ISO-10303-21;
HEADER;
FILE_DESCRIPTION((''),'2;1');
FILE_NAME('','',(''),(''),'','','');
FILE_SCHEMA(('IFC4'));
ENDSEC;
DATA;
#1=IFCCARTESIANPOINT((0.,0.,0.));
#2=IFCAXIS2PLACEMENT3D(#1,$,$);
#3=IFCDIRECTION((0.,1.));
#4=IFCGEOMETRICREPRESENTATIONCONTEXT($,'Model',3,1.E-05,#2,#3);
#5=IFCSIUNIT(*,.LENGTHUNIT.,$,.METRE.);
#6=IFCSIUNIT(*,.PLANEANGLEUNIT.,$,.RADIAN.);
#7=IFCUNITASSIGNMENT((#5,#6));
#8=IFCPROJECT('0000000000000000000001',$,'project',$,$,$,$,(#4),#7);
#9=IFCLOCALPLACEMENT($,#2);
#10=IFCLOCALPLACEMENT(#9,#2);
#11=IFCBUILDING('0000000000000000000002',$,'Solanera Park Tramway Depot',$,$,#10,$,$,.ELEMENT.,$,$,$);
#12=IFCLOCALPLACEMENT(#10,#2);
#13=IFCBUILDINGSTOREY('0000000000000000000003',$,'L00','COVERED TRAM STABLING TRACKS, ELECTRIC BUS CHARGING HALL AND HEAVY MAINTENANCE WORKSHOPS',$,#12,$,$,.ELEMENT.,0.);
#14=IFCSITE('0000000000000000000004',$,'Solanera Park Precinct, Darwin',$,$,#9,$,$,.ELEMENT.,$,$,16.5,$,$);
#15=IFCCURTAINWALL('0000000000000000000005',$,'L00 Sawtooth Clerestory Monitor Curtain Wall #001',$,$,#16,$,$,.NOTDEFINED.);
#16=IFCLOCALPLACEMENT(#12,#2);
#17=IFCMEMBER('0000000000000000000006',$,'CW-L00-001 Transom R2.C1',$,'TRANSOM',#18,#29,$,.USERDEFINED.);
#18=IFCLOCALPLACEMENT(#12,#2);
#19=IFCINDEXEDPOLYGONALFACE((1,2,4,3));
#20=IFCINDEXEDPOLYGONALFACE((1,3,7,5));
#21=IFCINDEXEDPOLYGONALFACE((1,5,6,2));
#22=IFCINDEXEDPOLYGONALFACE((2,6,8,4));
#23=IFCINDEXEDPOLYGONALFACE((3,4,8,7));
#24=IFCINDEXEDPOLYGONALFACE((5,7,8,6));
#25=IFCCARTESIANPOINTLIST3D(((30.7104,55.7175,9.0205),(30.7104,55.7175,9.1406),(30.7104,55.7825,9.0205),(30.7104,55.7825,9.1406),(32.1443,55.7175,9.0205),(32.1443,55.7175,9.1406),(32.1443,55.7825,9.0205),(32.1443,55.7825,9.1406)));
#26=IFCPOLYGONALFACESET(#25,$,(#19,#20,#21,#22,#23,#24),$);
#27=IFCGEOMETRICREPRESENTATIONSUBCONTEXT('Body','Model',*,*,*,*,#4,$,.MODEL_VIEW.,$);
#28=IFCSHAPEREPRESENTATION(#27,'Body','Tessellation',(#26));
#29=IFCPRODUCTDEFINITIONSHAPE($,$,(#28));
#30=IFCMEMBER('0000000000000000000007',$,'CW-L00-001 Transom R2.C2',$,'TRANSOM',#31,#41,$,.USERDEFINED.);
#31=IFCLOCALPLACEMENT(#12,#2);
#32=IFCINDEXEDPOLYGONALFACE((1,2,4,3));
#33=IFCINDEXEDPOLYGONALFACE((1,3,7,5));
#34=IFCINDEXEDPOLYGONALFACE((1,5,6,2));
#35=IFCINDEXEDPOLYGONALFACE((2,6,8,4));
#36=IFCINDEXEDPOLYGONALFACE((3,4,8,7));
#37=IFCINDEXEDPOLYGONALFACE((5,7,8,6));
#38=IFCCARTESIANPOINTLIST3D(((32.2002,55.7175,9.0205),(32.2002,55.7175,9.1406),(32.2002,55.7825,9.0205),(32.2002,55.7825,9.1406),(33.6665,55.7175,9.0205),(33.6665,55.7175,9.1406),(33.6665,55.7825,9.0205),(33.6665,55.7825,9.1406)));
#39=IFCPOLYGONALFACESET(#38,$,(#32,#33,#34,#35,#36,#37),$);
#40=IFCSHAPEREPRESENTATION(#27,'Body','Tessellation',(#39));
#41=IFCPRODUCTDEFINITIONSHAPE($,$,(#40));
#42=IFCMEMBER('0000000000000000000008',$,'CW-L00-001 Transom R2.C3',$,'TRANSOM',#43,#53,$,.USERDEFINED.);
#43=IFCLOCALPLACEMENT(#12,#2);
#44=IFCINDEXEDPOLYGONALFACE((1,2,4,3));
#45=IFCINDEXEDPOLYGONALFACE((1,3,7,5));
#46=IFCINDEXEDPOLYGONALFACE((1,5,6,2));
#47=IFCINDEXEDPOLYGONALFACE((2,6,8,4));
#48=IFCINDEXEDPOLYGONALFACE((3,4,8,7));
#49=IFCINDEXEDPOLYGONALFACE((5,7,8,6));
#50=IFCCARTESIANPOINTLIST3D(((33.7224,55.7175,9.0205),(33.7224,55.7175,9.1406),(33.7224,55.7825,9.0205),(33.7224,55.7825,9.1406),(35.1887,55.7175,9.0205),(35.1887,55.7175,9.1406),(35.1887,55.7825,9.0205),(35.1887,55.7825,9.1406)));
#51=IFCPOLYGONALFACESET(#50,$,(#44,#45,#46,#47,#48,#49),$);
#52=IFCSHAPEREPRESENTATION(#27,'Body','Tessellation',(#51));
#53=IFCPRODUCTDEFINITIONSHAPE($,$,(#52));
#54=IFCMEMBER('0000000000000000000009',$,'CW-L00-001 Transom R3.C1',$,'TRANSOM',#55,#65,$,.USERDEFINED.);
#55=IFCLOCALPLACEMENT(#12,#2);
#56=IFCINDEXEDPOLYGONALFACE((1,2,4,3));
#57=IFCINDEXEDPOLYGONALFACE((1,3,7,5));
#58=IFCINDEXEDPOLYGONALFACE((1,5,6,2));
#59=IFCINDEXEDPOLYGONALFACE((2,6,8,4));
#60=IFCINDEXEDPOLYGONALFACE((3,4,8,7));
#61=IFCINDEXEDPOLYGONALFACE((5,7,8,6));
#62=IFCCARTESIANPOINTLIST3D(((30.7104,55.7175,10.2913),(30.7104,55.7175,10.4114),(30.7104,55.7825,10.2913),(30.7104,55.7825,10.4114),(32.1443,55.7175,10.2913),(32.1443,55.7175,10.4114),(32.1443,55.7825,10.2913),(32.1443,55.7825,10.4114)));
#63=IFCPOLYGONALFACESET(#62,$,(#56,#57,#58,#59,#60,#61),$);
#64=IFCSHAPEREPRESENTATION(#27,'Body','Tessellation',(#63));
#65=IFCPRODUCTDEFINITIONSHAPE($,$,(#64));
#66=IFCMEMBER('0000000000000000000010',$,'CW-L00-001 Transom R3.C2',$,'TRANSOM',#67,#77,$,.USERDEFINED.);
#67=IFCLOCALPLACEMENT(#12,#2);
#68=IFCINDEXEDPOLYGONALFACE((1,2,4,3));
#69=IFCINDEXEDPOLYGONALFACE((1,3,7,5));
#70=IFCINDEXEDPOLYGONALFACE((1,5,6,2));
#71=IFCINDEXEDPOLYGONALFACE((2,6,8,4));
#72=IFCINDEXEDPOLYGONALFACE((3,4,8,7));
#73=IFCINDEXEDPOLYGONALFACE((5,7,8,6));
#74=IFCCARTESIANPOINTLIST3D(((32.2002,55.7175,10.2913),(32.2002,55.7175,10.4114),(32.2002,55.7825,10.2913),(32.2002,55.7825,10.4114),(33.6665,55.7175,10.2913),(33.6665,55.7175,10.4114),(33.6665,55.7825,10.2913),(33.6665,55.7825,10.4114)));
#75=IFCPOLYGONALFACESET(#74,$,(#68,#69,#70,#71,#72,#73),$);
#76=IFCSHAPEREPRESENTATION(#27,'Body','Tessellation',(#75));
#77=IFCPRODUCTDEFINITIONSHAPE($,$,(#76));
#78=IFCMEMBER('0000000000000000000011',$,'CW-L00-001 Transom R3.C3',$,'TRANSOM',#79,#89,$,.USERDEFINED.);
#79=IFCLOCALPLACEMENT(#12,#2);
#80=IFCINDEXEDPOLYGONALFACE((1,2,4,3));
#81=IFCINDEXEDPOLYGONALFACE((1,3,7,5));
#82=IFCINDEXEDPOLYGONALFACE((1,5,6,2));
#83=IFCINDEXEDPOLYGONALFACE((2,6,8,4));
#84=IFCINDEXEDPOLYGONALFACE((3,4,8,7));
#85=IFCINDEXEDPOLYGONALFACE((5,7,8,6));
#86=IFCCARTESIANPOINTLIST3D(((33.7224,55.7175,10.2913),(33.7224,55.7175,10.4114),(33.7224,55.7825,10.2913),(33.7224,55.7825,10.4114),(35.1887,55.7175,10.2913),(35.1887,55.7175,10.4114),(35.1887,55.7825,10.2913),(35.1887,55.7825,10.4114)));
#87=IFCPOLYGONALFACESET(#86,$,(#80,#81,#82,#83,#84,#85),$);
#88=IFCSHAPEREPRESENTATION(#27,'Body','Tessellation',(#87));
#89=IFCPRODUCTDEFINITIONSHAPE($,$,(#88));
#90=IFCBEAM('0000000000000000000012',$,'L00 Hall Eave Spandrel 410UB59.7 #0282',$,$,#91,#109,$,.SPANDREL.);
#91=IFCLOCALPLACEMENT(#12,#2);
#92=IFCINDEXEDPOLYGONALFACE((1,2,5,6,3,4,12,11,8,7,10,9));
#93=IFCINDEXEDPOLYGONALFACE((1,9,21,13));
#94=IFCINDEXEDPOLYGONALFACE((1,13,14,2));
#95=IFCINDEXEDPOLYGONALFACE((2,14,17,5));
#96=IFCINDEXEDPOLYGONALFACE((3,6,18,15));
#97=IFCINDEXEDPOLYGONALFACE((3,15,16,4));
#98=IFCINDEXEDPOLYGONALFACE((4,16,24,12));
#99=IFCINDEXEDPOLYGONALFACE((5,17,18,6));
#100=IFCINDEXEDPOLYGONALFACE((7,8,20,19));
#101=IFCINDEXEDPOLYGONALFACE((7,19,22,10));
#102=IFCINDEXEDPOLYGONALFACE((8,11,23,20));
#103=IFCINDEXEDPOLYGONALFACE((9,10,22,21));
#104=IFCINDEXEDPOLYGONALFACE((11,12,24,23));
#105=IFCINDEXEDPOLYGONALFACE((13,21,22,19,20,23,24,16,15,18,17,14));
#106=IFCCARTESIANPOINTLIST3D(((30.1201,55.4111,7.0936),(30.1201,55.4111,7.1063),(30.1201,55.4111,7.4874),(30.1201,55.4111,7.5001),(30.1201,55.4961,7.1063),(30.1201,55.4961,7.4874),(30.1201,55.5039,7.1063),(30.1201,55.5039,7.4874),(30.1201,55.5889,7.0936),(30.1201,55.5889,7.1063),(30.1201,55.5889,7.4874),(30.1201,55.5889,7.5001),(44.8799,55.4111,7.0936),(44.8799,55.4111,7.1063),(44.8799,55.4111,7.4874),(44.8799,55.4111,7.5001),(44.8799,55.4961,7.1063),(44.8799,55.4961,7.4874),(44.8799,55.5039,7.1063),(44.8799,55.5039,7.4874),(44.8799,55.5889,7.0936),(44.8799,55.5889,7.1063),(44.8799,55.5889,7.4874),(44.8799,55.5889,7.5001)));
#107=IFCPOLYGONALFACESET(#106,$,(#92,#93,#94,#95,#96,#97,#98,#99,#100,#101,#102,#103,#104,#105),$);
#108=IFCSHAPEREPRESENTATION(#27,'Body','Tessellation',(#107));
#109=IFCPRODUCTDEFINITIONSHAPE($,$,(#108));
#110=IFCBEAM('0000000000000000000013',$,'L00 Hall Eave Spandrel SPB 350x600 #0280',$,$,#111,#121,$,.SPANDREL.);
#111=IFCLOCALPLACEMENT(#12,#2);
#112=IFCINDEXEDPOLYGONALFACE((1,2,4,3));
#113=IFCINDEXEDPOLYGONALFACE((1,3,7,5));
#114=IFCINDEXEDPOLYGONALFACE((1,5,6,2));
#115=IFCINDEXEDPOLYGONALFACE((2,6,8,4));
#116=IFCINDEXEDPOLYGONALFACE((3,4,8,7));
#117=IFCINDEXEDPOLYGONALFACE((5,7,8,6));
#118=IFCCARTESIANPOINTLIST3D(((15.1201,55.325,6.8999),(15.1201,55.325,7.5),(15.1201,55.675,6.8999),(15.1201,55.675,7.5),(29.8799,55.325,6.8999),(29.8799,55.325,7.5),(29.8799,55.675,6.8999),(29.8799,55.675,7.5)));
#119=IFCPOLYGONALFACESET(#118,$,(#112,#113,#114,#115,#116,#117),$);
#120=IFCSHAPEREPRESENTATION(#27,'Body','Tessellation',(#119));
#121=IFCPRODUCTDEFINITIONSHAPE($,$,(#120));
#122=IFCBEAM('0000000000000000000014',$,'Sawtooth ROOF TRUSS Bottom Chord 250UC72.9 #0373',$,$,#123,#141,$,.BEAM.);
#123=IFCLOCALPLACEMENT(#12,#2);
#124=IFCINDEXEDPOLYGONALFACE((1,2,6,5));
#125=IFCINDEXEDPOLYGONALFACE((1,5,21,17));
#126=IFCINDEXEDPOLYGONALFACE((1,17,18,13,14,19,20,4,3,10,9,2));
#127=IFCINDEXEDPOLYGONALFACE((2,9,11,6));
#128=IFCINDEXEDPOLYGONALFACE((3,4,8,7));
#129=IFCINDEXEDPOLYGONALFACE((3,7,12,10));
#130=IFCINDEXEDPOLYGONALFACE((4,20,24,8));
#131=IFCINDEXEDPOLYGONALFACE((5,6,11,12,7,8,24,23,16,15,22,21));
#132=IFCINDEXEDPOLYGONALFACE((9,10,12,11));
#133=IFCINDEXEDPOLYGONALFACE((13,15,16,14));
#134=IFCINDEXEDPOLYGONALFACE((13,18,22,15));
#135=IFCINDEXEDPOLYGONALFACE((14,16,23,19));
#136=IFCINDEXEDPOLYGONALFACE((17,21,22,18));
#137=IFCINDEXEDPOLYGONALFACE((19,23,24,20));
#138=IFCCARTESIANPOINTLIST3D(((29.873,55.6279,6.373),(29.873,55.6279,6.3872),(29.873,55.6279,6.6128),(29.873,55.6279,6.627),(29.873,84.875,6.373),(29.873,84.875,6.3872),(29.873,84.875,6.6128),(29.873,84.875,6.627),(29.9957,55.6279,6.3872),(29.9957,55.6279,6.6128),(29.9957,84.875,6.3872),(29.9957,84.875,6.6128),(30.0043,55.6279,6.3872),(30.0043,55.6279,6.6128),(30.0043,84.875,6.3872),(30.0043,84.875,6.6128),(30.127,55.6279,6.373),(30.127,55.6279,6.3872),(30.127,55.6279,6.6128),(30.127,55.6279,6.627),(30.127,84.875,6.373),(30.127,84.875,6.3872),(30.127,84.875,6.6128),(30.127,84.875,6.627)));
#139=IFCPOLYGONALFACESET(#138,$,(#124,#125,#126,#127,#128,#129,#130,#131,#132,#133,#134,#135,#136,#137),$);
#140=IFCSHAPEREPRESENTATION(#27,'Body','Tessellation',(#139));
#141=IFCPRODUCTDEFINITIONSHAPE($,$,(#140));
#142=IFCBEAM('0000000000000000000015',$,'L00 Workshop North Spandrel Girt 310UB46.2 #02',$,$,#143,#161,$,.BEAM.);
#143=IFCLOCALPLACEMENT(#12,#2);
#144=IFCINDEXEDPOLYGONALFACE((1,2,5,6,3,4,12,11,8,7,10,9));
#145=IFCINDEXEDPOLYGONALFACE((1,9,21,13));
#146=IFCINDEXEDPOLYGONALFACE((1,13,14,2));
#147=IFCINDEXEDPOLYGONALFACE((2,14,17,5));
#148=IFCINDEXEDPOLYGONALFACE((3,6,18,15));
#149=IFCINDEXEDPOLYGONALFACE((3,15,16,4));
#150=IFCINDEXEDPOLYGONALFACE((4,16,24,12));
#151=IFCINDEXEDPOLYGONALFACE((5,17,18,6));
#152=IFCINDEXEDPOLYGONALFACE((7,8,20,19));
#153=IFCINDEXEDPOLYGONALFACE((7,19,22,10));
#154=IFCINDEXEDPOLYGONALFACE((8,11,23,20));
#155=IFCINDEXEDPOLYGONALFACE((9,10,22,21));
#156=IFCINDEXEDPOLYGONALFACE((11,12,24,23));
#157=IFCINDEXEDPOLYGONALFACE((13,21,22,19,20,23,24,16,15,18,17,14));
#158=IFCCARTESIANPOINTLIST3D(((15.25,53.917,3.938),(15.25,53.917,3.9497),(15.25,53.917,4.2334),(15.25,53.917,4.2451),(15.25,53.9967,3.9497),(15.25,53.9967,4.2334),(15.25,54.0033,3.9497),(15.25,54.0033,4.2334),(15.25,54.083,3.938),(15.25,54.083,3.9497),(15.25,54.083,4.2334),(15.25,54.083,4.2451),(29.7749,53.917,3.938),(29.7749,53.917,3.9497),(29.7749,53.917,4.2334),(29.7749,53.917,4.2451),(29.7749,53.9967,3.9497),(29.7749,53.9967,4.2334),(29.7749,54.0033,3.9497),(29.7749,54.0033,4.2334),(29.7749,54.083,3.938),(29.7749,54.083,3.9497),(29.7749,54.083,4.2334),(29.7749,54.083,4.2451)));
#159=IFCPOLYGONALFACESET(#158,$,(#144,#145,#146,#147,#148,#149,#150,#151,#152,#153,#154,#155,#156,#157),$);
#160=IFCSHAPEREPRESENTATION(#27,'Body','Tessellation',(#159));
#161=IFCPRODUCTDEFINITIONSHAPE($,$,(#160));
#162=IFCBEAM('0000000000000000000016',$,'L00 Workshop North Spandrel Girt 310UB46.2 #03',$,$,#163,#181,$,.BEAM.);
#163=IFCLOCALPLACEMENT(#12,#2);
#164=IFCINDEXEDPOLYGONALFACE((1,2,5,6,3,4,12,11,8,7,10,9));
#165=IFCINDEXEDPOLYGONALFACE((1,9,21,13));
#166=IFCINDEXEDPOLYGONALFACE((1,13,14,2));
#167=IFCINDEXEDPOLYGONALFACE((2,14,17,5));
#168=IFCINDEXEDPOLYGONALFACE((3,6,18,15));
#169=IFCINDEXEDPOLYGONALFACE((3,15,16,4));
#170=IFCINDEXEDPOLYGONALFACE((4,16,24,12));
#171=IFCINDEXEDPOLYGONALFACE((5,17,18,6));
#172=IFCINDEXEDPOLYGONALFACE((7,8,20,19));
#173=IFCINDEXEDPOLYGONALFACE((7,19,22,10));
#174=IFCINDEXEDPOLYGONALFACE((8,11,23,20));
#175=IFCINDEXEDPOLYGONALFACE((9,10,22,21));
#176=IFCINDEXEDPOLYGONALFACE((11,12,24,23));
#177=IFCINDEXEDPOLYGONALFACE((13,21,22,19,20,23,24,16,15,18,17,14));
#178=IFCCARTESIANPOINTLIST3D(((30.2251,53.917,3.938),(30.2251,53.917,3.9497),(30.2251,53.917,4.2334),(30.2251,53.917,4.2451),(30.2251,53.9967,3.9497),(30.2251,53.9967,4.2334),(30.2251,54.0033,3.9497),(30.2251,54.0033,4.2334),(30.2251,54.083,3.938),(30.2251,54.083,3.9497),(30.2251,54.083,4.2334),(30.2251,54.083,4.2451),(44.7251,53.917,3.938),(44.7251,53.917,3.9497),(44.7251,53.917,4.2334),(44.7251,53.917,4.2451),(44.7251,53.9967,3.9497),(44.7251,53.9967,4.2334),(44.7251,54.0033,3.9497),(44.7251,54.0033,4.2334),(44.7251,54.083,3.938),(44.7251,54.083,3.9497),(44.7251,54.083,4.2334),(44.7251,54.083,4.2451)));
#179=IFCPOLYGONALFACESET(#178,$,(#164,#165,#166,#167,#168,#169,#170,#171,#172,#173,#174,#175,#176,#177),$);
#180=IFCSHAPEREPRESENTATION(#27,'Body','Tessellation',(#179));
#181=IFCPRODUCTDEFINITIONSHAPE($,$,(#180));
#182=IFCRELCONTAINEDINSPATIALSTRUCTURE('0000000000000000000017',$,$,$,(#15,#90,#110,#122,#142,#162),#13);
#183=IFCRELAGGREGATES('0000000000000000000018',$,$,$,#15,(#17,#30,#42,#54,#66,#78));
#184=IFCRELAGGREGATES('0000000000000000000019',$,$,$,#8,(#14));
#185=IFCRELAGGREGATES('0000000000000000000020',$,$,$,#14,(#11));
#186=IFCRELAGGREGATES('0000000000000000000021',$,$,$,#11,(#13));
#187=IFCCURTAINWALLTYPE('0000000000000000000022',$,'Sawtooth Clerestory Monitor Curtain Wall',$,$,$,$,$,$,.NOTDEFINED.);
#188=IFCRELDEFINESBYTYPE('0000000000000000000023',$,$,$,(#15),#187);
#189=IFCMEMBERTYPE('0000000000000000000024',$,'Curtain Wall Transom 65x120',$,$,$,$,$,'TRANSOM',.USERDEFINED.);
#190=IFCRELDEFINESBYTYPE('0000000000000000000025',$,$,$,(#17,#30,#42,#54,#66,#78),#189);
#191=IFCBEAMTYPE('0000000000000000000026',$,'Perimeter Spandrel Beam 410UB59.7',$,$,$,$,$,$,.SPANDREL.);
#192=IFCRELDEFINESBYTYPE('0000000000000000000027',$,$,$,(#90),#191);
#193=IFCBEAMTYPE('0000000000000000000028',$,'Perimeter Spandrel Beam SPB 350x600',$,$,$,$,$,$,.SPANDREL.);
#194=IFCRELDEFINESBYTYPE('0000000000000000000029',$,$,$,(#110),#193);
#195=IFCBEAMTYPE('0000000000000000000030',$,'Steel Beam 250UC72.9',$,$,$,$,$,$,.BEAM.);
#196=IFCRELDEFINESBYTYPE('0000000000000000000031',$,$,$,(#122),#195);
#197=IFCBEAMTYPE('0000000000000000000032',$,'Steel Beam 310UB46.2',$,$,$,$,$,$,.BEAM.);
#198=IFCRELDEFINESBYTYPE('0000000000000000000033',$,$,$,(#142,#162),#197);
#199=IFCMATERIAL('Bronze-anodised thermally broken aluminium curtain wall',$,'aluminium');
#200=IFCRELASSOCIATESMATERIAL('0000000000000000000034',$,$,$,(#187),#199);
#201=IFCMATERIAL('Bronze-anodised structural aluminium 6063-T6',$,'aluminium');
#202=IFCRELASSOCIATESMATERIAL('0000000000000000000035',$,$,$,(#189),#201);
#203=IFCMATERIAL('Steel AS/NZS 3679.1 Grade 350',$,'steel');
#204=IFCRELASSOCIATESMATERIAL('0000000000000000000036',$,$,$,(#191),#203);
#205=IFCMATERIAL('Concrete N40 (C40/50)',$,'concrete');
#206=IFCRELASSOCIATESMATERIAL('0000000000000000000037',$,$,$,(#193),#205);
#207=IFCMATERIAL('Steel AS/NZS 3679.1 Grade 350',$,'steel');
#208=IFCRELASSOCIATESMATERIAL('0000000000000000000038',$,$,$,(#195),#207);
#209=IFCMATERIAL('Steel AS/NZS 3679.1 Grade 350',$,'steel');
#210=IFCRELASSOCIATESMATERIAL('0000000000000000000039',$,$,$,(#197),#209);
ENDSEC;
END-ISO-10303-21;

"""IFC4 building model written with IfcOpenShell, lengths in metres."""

from ifc_helpers import new_model, si_unit, direction, frame, origin, origin_2d, place, context, subcontext, project, spatial, rectangle, i_section, extrude, material, material_profile, profile_set, type_object, element, aggregate, save


model = new_model("IFC4")

# Units and contexts
model_context = context("Model", 3, precision=1e-05, world=origin(), true_north=direction((0.0, 1.0)))
body_context = subcontext(model_context, "Body", "Model", "MODEL_VIEW")
ifc_project = project(units=[si_unit("LENGTHUNIT", "METRE"), si_unit("PLANEANGLEUNIT", "RADIAN")], contexts=[model_context])

# Site, building, storey
site_placement = place(None, origin())
site = spatial("IfcSite", under=ifc_project, at=site_placement, Name="Solanera Park Precinct, Darwin", CompositionType="ELEMENT", RefElevation=16.5)
building_placement = place(site_placement, origin())
building = spatial("IfcBuilding", under=site, at=building_placement, Name="Solanera Park Tramway Depot", CompositionType="ELEMENT")
storey_placement = place(building_placement, origin())
storey = spatial("IfcBuildingStorey", under=building, at=storey_placement, Name="L00", Description="COVERED TRAM STABLING TRACKS, ELECTRIC BUS CHARGING HALL AND HEAVY MAINTENANCE WORKSHOPS", CompositionType="ELEMENT", Elevation=0.0)

# Curtain wall, members
ifc_material_1 = material(Name="Bronze-anodised thermally broken aluminium curtain wall", Category="aluminium")
curtain_wall_type = type_object("IfcCurtainWallType", Name="Sawtooth Clerestory Monitor Curtain Wall", PredefinedType="NOTDEFINED", material=ifc_material_1)
curtain_wall_placement = place(storey_placement, origin())
curtain_wall = element("IfcCurtainWall", 1, at=curtain_wall_placement, inside=storey, type_object=curtain_wall_type, Name="L00 Sawtooth Clerestory Monitor Curtain Wall #001", PredefinedType="NOTDEFINED")
ifc_material_2 = material(Name="Bronze-anodised structural aluminium 6063-T6", Category="aluminium")
ifc_material_profile_1 = material_profile(ifc_material_2, rectangle(XDim=0.0649, YDim=0.1201, at=origin_2d()), Name="Curtain Wall Transom 65x120")
ifc_profile_set_1 = profile_set([ifc_material_profile_1], Name="Bronze-anodised structural aluminium 6063-T6")
member_type_1 = type_object("IfcMemberType", Name="Curtain Wall Transom 65x120", ElementType="TRANSOM", PredefinedType="USERDEFINED", material=ifc_profile_set_1)
member_1_placement = place(storey_placement, frame((30.7104, 55.75, 9.0806), z_axis=(1.0, 0.0, 0.0), x_axis=(0.0, 1.0, 0.0)))
member_1 = element("IfcMember", 2, at=member_1_placement, type_object=member_type_1, Name="CW-L00-001 Transom R2.C1", ObjectType="TRANSOM", PredefinedType="USERDEFINED", context=body_context, shape_type="SweptSolid", body=[
    extrude(rectangle(XDim=0.0649, YDim=0.1201, at=origin_2d()), origin(), (0.0, 0.0, 1.0), 1.4338),
])
member_2_placement = place(storey_placement, frame((32.2002, 55.75, 9.0806), z_axis=(1.0, 0.0, 0.0), x_axis=(0.0, 1.0, 0.0)))
member_2 = element("IfcMember", 3, at=member_2_placement, type_object=member_type_1, Name="CW-L00-001 Transom R2.C2", ObjectType="TRANSOM", PredefinedType="USERDEFINED", context=body_context, shape_type="SweptSolid", body=[
    extrude(rectangle(XDim=0.0649, YDim=0.1201, at=origin_2d()), origin(), (0.0, 0.0, 1.0), 1.4663),
])
member_3_placement = place(storey_placement, frame((33.7224, 55.75, 9.0806), z_axis=(1.0, 0.0, 0.0), x_axis=(0.0, 1.0, 0.0)))
member_3 = element("IfcMember", 4, at=member_3_placement, type_object=member_type_1, Name="CW-L00-001 Transom R2.C3", ObjectType="TRANSOM", PredefinedType="USERDEFINED", context=body_context, shape_type="SweptSolid", body=[
    extrude(rectangle(XDim=0.0649, YDim=0.1201, at=origin_2d()), origin(), (0.0, 0.0, 1.0), 1.4663),
])
member_4_placement = place(storey_placement, frame((30.7104, 55.75, 10.3513), z_axis=(1.0, 0.0, 0.0), x_axis=(0.0, 1.0, 0.0)))
member_4 = element("IfcMember", 5, at=member_4_placement, type_object=member_type_1, Name="CW-L00-001 Transom R3.C1", ObjectType="TRANSOM", PredefinedType="USERDEFINED", context=body_context, shape_type="SweptSolid", body=[
    extrude(rectangle(XDim=0.0649, YDim=0.1201, at=origin_2d()), origin(), (0.0, 0.0, 1.0), 1.4338),
])
member_5_placement = place(storey_placement, frame((32.2002, 55.75, 10.3513), z_axis=(1.0, 0.0, 0.0), x_axis=(0.0, 1.0, 0.0)))
member_5 = element("IfcMember", 6, at=member_5_placement, type_object=member_type_1, Name="CW-L00-001 Transom R3.C2", ObjectType="TRANSOM", PredefinedType="USERDEFINED", context=body_context, shape_type="SweptSolid", body=[
    extrude(rectangle(XDim=0.0649, YDim=0.1201, at=origin_2d()), origin(), (0.0, 0.0, 1.0), 1.4663),
])
member_6_placement = place(storey_placement, frame((33.7224, 55.75, 10.3513), z_axis=(1.0, 0.0, 0.0), x_axis=(0.0, 1.0, 0.0)))
member_6 = element("IfcMember", 7, at=member_6_placement, type_object=member_type_1, Name="CW-L00-001 Transom R3.C3", ObjectType="TRANSOM", PredefinedType="USERDEFINED", context=body_context, shape_type="SweptSolid", body=[
    extrude(rectangle(XDim=0.0649, YDim=0.1201, at=origin_2d()), origin(), (0.0, 0.0, 1.0), 1.4663),
])

# Beams
ifc_material_3 = material(Name="Steel AS/NZS 3679.1 Grade 350", Category="steel")
ifc_material_profile_2 = material_profile(ifc_material_3, i_section(OverallWidth=0.1777, OverallDepth=0.4065, WebThickness=0.0078, FlangeThickness=0.0127, at=origin_2d()), Name="410UB59.7")
ifc_profile_set_2 = profile_set([ifc_material_profile_2], Name="Steel AS/NZS 3679.1 Grade 350")
beam_type_1 = type_object("IfcBeamType", Name="Perimeter Spandrel Beam 410UB59.7", PredefinedType="SPANDREL", material=ifc_profile_set_2)
beam_1_placement = place(storey_placement, frame((30.1201, 55.5, 7.2969), z_axis=(1.0, 0.0, 0.0), x_axis=(0.0, 1.0, 0.0)))
element("IfcBeam", 8, at=beam_1_placement, inside=storey, type_object=beam_type_1, Name="L00 Hall Eave Spandrel 410UB59.7 #0282", PredefinedType="SPANDREL", context=body_context, shape_type="SweptSolid", body=[
    extrude(i_section(OverallWidth=0.1777, OverallDepth=0.4065, WebThickness=0.0078, FlangeThickness=0.0127, at=origin_2d()), origin(), (0.0, 0.0, 1.0), 14.7598),
])
ifc_material_4 = material(Name="Concrete N40 (C40/50)", Category="concrete")
ifc_material_profile_3 = material_profile(ifc_material_4, rectangle(XDim=0.3501, YDim=0.6001, at=origin_2d()), Name="SPB 350x600")
ifc_profile_set_3 = profile_set([ifc_material_profile_3], Name="Concrete N40 (C40/50)")
beam_type_2 = type_object("IfcBeamType", Name="Perimeter Spandrel Beam SPB 350x600", PredefinedType="SPANDREL", material=ifc_profile_set_3)
beam_2_placement = place(storey_placement, frame((15.1201, 55.5, 7.2), z_axis=(1.0, 0.0, 0.0), x_axis=(0.0, 1.0, 0.0)))
element("IfcBeam", 9, at=beam_2_placement, inside=storey, type_object=beam_type_2, Name="L00 Hall Eave Spandrel SPB 350x600 #0280", PredefinedType="SPANDREL", context=body_context, shape_type="SweptSolid", body=[
    extrude(rectangle(XDim=0.3501, YDim=0.6001, at=origin_2d()), origin(), (0.0, 0.0, 1.0), 14.7598),
])
ifc_material_5 = material(Name="Steel AS/NZS 3679.1 Grade 350", Category="steel")
ifc_material_profile_4 = material_profile(ifc_material_5, i_section(OverallWidth=0.2539, OverallDepth=0.2539, WebThickness=0.0085, FlangeThickness=0.0142, at=origin_2d()), Name="250UC72.9")
ifc_profile_set_4 = profile_set([ifc_material_profile_4], Name="Steel AS/NZS 3679.1 Grade 350")
beam_type_3 = type_object("IfcBeamType", Name="Steel Beam 250UC72.9", PredefinedType="BEAM", material=ifc_profile_set_4)
beam_3_placement = place(storey_placement, frame((30.0, 55.6279, 6.5), z_axis=(0.0, 1.0, 0.0), x_axis=(-1.0, 0.0, 0.0)))
element("IfcBeam", 10, at=beam_3_placement, inside=storey, type_object=beam_type_3, Name="Sawtooth ROOF TRUSS Bottom Chord 250UC72.9 #0373", PredefinedType="BEAM", context=body_context, shape_type="SweptSolid", body=[
    extrude(i_section(OverallWidth=0.2539, OverallDepth=0.2539, WebThickness=0.0085, FlangeThickness=0.0142, at=origin_2d()), origin(), (0.0, 0.0, 1.0), 29.2471),
])
ifc_material_6 = material(Name="Steel AS/NZS 3679.1 Grade 350", Category="steel")
ifc_material_profile_5 = material_profile(ifc_material_6, i_section(OverallWidth=0.166, OverallDepth=0.3071, WebThickness=0.0066, FlangeThickness=0.0117, at=origin_2d()), Name="310UB46.2")
ifc_profile_set_5 = profile_set([ifc_material_profile_5], Name="Steel AS/NZS 3679.1 Grade 350")
beam_type_4 = type_object("IfcBeamType", Name="Steel Beam 310UB46.2", PredefinedType="BEAM", material=ifc_profile_set_5)
beam_4_placement = place(storey_placement, frame((15.25, 54.0, 4.0916), z_axis=(1.0, 0.0, 0.0), x_axis=(0.0, 1.0, 0.0)))
element("IfcBeam", 11, at=beam_4_placement, inside=storey, type_object=beam_type_4, Name="L00 Workshop North Spandrel Girt 310UB46.2 #02", PredefinedType="BEAM", context=body_context, shape_type="SweptSolid", body=[
    extrude(i_section(OverallWidth=0.166, OverallDepth=0.3071, WebThickness=0.0066, FlangeThickness=0.0117, at=origin_2d()), origin(), (0.0, 0.0, 1.0), 14.5249),
])
beam_5_placement = place(storey_placement, frame((30.2251, 54.0, 4.0916), z_axis=(1.0, 0.0, 0.0), x_axis=(0.0, 1.0, 0.0)))
element("IfcBeam", 12, at=beam_5_placement, inside=storey, type_object=beam_type_4, Name="L00 Workshop North Spandrel Girt 310UB46.2 #03", PredefinedType="BEAM", context=body_context, shape_type="SweptSolid", body=[
    extrude(i_section(OverallWidth=0.166, OverallDepth=0.3071, WebThickness=0.0066, FlangeThickness=0.0117, at=origin_2d()), origin(), (0.0, 0.0, 1.0), 14.5),
])

aggregate(curtain_wall, [member_1, member_2, member_3, member_4, member_5, member_6])

save(model, "model.ifc")
